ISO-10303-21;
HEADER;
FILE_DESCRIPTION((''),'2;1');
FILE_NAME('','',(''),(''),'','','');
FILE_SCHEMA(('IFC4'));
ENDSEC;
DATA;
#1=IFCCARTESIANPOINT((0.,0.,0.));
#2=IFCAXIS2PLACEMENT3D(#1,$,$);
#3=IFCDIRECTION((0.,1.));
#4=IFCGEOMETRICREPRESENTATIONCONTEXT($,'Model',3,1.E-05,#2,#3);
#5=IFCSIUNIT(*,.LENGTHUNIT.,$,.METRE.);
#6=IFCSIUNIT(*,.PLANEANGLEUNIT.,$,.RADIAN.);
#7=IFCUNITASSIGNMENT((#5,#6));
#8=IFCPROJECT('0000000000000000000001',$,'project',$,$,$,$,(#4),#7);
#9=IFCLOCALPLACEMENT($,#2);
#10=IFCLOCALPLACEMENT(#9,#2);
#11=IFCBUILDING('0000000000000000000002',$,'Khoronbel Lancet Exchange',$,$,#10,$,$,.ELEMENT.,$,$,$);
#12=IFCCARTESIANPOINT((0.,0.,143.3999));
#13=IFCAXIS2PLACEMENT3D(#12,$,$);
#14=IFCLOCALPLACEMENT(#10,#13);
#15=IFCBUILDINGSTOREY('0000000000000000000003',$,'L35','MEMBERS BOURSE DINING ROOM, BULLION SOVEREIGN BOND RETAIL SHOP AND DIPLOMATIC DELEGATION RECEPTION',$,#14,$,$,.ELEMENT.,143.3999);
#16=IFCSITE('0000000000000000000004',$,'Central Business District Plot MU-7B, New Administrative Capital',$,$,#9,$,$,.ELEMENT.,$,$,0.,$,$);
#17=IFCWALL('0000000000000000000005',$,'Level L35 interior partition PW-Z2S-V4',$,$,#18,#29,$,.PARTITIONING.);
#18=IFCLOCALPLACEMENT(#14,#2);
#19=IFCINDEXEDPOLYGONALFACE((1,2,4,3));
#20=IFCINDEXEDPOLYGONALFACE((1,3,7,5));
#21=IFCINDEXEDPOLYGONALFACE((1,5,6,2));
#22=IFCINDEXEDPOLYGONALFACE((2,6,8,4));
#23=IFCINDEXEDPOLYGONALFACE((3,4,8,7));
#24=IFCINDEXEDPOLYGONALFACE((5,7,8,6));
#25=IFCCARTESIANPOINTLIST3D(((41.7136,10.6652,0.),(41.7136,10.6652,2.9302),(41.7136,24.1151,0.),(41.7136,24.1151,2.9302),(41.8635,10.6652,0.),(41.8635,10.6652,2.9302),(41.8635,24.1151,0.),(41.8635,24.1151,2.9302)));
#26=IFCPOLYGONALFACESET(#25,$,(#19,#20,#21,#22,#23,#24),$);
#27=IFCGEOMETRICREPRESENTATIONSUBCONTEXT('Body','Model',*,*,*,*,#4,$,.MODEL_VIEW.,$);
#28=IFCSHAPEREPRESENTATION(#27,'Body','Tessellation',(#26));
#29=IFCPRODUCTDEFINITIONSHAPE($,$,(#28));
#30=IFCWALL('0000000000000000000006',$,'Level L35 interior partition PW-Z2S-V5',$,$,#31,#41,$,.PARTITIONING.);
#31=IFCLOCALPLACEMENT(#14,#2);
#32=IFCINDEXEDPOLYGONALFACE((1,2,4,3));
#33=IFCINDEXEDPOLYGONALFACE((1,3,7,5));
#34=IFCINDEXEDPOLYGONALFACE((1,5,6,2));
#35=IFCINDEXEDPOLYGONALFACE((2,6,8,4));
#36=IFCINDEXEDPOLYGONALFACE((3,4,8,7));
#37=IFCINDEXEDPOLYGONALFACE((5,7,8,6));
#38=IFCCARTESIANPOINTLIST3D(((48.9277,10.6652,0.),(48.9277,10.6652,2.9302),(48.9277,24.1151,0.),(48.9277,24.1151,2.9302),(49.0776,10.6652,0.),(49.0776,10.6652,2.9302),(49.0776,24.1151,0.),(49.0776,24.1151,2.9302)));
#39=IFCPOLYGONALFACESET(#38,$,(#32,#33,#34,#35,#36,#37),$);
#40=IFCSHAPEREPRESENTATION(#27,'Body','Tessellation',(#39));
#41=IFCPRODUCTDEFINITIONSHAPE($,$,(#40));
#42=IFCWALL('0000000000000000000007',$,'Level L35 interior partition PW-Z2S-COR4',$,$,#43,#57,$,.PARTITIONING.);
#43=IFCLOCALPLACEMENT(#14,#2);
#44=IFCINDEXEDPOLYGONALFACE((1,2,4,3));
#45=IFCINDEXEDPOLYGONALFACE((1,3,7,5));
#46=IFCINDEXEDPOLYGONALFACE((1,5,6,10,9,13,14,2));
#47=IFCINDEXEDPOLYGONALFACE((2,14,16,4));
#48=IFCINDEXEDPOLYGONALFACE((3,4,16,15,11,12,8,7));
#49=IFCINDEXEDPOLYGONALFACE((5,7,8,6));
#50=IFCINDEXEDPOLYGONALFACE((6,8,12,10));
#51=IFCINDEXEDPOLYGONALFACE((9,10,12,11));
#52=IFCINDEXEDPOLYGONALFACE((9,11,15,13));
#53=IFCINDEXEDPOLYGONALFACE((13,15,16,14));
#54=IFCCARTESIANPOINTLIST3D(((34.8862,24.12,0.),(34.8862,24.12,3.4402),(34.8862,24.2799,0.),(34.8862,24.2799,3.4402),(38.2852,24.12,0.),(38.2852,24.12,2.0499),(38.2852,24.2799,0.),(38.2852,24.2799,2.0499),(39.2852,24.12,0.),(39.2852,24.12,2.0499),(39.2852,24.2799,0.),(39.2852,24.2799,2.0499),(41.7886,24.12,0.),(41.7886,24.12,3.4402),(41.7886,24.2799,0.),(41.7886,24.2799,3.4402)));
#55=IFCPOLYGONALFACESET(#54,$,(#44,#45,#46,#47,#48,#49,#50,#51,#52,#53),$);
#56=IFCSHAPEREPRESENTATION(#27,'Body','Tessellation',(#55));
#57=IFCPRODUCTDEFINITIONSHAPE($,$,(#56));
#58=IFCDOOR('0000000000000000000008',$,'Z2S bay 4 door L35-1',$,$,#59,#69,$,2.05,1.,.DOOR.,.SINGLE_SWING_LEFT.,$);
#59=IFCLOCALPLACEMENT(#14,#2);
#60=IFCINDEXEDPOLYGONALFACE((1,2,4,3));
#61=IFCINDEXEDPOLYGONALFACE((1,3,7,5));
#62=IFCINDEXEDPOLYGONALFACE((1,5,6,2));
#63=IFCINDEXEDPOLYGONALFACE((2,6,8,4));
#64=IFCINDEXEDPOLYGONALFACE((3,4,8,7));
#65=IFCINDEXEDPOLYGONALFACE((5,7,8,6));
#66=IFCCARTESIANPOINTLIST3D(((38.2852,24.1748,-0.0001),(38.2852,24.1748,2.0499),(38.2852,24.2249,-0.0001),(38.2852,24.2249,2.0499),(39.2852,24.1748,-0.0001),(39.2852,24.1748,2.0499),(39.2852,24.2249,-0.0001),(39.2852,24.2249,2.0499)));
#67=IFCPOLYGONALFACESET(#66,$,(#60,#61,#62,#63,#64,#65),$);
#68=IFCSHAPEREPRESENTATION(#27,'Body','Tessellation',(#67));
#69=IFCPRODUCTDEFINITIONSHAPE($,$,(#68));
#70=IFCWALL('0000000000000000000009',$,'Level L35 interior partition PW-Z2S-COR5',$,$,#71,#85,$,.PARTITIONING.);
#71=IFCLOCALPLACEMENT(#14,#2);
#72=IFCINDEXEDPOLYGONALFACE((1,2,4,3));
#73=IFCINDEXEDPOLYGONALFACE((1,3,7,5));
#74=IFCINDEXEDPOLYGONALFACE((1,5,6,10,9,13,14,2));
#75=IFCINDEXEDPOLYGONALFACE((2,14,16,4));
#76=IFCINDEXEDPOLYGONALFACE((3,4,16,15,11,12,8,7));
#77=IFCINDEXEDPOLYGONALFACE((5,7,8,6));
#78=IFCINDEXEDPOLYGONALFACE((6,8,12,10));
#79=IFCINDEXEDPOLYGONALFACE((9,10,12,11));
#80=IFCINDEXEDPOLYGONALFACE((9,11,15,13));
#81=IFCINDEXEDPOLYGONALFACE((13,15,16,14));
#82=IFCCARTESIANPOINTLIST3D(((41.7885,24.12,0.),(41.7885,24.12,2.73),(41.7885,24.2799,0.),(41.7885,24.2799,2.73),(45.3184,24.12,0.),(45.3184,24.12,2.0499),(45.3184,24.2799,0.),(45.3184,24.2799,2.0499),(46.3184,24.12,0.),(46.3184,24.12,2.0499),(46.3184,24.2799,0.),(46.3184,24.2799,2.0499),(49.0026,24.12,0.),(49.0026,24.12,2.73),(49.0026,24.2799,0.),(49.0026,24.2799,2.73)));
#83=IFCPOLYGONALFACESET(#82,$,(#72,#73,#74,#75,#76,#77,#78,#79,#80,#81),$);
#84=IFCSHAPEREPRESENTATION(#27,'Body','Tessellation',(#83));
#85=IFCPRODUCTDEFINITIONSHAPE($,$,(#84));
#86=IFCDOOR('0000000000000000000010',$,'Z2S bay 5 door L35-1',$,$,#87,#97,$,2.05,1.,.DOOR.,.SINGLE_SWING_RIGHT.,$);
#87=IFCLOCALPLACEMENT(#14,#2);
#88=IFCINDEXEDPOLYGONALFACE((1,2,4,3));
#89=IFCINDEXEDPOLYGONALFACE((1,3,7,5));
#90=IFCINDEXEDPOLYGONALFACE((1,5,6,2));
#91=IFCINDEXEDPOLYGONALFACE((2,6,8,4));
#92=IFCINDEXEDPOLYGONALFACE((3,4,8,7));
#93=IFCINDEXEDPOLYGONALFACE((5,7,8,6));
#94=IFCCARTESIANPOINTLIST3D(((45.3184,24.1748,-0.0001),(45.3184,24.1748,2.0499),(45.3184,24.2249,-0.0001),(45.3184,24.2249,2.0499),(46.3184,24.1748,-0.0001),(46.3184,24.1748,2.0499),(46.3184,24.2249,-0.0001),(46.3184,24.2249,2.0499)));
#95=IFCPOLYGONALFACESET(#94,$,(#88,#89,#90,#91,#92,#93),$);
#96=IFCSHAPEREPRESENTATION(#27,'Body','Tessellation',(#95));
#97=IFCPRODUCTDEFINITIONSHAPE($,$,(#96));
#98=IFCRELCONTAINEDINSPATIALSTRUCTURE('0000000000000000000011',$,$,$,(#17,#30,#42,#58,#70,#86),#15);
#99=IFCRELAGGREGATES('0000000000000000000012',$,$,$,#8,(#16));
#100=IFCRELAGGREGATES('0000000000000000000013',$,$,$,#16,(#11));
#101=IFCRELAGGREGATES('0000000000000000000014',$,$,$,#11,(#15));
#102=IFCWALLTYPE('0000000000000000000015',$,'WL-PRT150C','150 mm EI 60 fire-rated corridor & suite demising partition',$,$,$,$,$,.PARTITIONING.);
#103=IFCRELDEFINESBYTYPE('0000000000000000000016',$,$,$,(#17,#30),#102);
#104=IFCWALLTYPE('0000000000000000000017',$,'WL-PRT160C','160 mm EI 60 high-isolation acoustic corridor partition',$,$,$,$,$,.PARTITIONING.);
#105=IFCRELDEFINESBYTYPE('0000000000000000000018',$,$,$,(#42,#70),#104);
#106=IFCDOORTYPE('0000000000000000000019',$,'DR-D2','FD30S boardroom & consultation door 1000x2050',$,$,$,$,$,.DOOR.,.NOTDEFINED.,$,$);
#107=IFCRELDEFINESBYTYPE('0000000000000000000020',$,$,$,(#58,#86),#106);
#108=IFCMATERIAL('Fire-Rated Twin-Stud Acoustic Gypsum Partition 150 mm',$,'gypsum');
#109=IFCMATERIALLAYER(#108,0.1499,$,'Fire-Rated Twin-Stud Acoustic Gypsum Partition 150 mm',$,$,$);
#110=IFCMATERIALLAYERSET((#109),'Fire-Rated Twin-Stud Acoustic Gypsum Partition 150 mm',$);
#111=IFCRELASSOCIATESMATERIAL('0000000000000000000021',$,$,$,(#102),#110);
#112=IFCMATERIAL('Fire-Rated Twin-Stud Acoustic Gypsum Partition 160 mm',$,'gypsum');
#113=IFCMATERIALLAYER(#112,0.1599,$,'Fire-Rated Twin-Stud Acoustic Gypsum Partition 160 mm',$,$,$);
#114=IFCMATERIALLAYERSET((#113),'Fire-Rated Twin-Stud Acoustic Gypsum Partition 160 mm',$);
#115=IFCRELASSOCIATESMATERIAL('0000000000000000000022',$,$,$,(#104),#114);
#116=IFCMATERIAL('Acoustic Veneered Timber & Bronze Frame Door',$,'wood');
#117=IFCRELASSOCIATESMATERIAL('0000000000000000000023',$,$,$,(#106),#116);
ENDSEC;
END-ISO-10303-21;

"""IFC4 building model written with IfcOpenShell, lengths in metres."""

from ifc_helpers import new_model, si_unit, direction, frame, frame_2d, origin, place, context, subcontext, project, spatial, rectangle, extrude, material, layer, layer_set, type_object, element, fill, save


model = new_model("IFC4")

# Units and contexts
model_context = context("Model", 3, precision=1e-05, world=origin(), true_north=direction((0.0, 1.0)))
body_context = subcontext(model_context, "Body", "Model", "MODEL_VIEW")
ifc_project = project(units=[si_unit("LENGTHUNIT", "METRE"), si_unit("PLANEANGLEUNIT", "RADIAN")], contexts=[model_context])

# Site, building, storey
site_placement = place(None, origin())
site = spatial("IfcSite", under=ifc_project, at=site_placement, Name="Central Business District Plot MU-7B, New Administrative Capital", CompositionType="ELEMENT", RefElevation=0.0)
building_placement = place(site_placement, origin())
building = spatial("IfcBuilding", under=site, at=building_placement, Name="Khoronbel Lancet Exchange", CompositionType="ELEMENT")
storey_placement = place(building_placement, frame((0.0, 0.0, 143.3999)))
storey = spatial("IfcBuildingStorey", under=building, at=storey_placement, Name="L35", Description="MEMBERS BOURSE DINING ROOM, BULLION SOVEREIGN BOND RETAIL SHOP AND DIPLOMATIC DELEGATION RECEPTION", CompositionType="ELEMENT", Elevation=143.3999)

# Walls
ifc_material_1 = material(Name="Fire-Rated Twin-Stud Acoustic Gypsum Partition 150 mm", Category="gypsum")
ifc_layer_1 = layer(ifc_material_1, 0.1499, Name="Fire-Rated Twin-Stud Acoustic Gypsum Partition 150 mm")
ifc_layer_set_1 = layer_set([ifc_layer_1], Name="Fire-Rated Twin-Stud Acoustic Gypsum Partition 150 mm")
wall_type_1 = type_object("IfcWallType", Name="WL-PRT150C", Description="150 mm EI 60 fire-rated corridor & suite demising partition", PredefinedType="PARTITIONING", material=ifc_layer_set_1)
for number, where, z_axis, x_axis, name in (
    (1, (41.7886, 10.665, 0.0), (0.0, 0.0, 1.0), (0.0, 1.0, 0.0), "Level L35 interior partition PW-Z2S-V4"),
    (2, (49.0027, 10.665, 0.0), (0.0, 0.0, 1.0), (0.0, 1.0, 0.0), "Level L35 interior partition PW-Z2S-V5"),
):
    element("IfcWall", number, at=place(storey_placement, frame(where, z_axis=z_axis, x_axis=x_axis)), inside=storey, type_object=wall_type_1, Name=name, PredefinedType="PARTITIONING", context=body_context, shape_type="SweptSolid", body=[
        extrude(rectangle(XDim=13.45, YDim=0.1499, at=frame_2d((6.7251, 0.0))), origin(), (0.0, 0.0, 1.0), 2.9302),
    ])

# Walls, openings, doors
ifc_material_2 = material(Name="Fire-Rated Twin-Stud Acoustic Gypsum Partition 160 mm", Category="gypsum")
ifc_layer_2 = layer(ifc_material_2, 0.1599, Name="Fire-Rated Twin-Stud Acoustic Gypsum Partition 160 mm")
ifc_layer_set_2 = layer_set([ifc_layer_2], Name="Fire-Rated Twin-Stud Acoustic Gypsum Partition 160 mm")
wall_type_2 = type_object("IfcWallType", Name="WL-PRT160C", Description="160 mm EI 60 high-isolation acoustic corridor partition", PredefinedType="PARTITIONING", material=ifc_layer_set_2)
wall_1_placement = place(storey_placement, frame((34.8862, 24.2, 0.0), z_axis=(0.0, 0.0, 1.0), x_axis=(1.0, 0.0, 0.0)))
wall_1 = element("IfcWall", 3, at=wall_1_placement, inside=storey, type_object=wall_type_2, Name="Level L35 interior partition PW-Z2S-COR4", PredefinedType="PARTITIONING", context=body_context, shape_type="SweptSolid", body=[
    extrude(rectangle(XDim=6.9023, YDim=0.1599, at=frame_2d((3.4512, 0.0))), origin(), (0.0, 0.0, 1.0), 3.4402),
])
opening_1_placement = place(wall_1_placement, frame((3.3989, 0.0, 0.0)))
opening_1 = element("IfcOpeningElement", 4, at=opening_1_placement, cuts=wall_1, PredefinedType="OPENING", context=body_context, shape_type="SweptSolid", body=[
    extrude(rectangle(XDim=1.0, YDim=2.05, at=frame_2d((0.5, 1.0249))), frame((0.0, 0.0898, 0.0), z_axis=(0.0, -1.0, 0.0), x_axis=(1.0, 0.0, 0.0)), (0.0, 0.0, 1.0), 0.1799),
])
ifc_material_3 = material(Name="Acoustic Veneered Timber & Bronze Frame Door", Category="wood")
door_type_1 = type_object("IfcDoorType", Name="DR-D2", Description="FD30S boardroom & consultation door 1000x2050", OperationType="NOTDEFINED", PredefinedType="DOOR", material=ifc_material_3)
door_1_placement = place(opening_1_placement, origin())
door_1 = element("IfcDoor", 5, at=door_1_placement, inside=storey, type_object=door_type_1, Name="Z2S bay 4 door L35-1", OperationType="SINGLE_SWING_LEFT", OverallHeight=2.05, OverallWidth=1.0, PredefinedType="DOOR", context=body_context, shape_type="SweptSolid", body=[
    extrude(rectangle(XDim=1.0, YDim=2.05, at=frame_2d((0.5, 1.0249))), frame((0.0, 0.0249, 0.0), z_axis=(0.0, -1.0, 0.0), x_axis=(1.0, 0.0, 0.0)), (0.0, 0.0, 1.0), 0.05),
])
fill(opening_1, door_1)
wall_2_placement = place(storey_placement, frame((41.7886, 24.2, 0.0), z_axis=(0.0, 0.0, 1.0), x_axis=(1.0, 0.0, 0.0)))
wall_2 = element("IfcWall", 6, at=wall_2_placement, inside=storey, type_object=wall_type_2, Name="Level L35 interior partition PW-Z2S-COR5", PredefinedType="PARTITIONING", context=body_context, shape_type="SweptSolid", body=[
    extrude(rectangle(XDim=7.2141, YDim=0.1599, at=frame_2d((3.6069, 0.0))), origin(), (0.0, 0.0, 1.0), 2.73),
])
opening_2_placement = place(wall_2_placement, frame((3.5298, 0.0, 0.0)))
opening_2 = element("IfcOpeningElement", 7, at=opening_2_placement, cuts=wall_2, PredefinedType="OPENING", context=body_context, shape_type="SweptSolid", body=[
    extrude(rectangle(XDim=1.0, YDim=2.05, at=frame_2d((0.5, 1.0249))), frame((0.0, 0.0898, 0.0), z_axis=(0.0, -1.0, 0.0), x_axis=(1.0, 0.0, 0.0)), (0.0, 0.0, 1.0), 0.1799),
])
door_2_placement = place(opening_2_placement, origin())
door_2 = element("IfcDoor", 8, at=door_2_placement, inside=storey, type_object=door_type_1, Name="Z2S bay 5 door L35-1", OperationType="SINGLE_SWING_RIGHT", OverallHeight=2.05, OverallWidth=1.0, PredefinedType="DOOR", context=body_context, shape_type="SweptSolid", body=[
    extrude(rectangle(XDim=1.0, YDim=2.05, at=frame_2d((0.5, 1.0249))), frame((0.0, 0.0249, 0.0), z_axis=(0.0, -1.0, 0.0), x_axis=(1.0, 0.0, 0.0)), (0.0, 0.0, 1.0), 0.05),
])
fill(opening_2, door_2)

save(model, "model.ifc")
